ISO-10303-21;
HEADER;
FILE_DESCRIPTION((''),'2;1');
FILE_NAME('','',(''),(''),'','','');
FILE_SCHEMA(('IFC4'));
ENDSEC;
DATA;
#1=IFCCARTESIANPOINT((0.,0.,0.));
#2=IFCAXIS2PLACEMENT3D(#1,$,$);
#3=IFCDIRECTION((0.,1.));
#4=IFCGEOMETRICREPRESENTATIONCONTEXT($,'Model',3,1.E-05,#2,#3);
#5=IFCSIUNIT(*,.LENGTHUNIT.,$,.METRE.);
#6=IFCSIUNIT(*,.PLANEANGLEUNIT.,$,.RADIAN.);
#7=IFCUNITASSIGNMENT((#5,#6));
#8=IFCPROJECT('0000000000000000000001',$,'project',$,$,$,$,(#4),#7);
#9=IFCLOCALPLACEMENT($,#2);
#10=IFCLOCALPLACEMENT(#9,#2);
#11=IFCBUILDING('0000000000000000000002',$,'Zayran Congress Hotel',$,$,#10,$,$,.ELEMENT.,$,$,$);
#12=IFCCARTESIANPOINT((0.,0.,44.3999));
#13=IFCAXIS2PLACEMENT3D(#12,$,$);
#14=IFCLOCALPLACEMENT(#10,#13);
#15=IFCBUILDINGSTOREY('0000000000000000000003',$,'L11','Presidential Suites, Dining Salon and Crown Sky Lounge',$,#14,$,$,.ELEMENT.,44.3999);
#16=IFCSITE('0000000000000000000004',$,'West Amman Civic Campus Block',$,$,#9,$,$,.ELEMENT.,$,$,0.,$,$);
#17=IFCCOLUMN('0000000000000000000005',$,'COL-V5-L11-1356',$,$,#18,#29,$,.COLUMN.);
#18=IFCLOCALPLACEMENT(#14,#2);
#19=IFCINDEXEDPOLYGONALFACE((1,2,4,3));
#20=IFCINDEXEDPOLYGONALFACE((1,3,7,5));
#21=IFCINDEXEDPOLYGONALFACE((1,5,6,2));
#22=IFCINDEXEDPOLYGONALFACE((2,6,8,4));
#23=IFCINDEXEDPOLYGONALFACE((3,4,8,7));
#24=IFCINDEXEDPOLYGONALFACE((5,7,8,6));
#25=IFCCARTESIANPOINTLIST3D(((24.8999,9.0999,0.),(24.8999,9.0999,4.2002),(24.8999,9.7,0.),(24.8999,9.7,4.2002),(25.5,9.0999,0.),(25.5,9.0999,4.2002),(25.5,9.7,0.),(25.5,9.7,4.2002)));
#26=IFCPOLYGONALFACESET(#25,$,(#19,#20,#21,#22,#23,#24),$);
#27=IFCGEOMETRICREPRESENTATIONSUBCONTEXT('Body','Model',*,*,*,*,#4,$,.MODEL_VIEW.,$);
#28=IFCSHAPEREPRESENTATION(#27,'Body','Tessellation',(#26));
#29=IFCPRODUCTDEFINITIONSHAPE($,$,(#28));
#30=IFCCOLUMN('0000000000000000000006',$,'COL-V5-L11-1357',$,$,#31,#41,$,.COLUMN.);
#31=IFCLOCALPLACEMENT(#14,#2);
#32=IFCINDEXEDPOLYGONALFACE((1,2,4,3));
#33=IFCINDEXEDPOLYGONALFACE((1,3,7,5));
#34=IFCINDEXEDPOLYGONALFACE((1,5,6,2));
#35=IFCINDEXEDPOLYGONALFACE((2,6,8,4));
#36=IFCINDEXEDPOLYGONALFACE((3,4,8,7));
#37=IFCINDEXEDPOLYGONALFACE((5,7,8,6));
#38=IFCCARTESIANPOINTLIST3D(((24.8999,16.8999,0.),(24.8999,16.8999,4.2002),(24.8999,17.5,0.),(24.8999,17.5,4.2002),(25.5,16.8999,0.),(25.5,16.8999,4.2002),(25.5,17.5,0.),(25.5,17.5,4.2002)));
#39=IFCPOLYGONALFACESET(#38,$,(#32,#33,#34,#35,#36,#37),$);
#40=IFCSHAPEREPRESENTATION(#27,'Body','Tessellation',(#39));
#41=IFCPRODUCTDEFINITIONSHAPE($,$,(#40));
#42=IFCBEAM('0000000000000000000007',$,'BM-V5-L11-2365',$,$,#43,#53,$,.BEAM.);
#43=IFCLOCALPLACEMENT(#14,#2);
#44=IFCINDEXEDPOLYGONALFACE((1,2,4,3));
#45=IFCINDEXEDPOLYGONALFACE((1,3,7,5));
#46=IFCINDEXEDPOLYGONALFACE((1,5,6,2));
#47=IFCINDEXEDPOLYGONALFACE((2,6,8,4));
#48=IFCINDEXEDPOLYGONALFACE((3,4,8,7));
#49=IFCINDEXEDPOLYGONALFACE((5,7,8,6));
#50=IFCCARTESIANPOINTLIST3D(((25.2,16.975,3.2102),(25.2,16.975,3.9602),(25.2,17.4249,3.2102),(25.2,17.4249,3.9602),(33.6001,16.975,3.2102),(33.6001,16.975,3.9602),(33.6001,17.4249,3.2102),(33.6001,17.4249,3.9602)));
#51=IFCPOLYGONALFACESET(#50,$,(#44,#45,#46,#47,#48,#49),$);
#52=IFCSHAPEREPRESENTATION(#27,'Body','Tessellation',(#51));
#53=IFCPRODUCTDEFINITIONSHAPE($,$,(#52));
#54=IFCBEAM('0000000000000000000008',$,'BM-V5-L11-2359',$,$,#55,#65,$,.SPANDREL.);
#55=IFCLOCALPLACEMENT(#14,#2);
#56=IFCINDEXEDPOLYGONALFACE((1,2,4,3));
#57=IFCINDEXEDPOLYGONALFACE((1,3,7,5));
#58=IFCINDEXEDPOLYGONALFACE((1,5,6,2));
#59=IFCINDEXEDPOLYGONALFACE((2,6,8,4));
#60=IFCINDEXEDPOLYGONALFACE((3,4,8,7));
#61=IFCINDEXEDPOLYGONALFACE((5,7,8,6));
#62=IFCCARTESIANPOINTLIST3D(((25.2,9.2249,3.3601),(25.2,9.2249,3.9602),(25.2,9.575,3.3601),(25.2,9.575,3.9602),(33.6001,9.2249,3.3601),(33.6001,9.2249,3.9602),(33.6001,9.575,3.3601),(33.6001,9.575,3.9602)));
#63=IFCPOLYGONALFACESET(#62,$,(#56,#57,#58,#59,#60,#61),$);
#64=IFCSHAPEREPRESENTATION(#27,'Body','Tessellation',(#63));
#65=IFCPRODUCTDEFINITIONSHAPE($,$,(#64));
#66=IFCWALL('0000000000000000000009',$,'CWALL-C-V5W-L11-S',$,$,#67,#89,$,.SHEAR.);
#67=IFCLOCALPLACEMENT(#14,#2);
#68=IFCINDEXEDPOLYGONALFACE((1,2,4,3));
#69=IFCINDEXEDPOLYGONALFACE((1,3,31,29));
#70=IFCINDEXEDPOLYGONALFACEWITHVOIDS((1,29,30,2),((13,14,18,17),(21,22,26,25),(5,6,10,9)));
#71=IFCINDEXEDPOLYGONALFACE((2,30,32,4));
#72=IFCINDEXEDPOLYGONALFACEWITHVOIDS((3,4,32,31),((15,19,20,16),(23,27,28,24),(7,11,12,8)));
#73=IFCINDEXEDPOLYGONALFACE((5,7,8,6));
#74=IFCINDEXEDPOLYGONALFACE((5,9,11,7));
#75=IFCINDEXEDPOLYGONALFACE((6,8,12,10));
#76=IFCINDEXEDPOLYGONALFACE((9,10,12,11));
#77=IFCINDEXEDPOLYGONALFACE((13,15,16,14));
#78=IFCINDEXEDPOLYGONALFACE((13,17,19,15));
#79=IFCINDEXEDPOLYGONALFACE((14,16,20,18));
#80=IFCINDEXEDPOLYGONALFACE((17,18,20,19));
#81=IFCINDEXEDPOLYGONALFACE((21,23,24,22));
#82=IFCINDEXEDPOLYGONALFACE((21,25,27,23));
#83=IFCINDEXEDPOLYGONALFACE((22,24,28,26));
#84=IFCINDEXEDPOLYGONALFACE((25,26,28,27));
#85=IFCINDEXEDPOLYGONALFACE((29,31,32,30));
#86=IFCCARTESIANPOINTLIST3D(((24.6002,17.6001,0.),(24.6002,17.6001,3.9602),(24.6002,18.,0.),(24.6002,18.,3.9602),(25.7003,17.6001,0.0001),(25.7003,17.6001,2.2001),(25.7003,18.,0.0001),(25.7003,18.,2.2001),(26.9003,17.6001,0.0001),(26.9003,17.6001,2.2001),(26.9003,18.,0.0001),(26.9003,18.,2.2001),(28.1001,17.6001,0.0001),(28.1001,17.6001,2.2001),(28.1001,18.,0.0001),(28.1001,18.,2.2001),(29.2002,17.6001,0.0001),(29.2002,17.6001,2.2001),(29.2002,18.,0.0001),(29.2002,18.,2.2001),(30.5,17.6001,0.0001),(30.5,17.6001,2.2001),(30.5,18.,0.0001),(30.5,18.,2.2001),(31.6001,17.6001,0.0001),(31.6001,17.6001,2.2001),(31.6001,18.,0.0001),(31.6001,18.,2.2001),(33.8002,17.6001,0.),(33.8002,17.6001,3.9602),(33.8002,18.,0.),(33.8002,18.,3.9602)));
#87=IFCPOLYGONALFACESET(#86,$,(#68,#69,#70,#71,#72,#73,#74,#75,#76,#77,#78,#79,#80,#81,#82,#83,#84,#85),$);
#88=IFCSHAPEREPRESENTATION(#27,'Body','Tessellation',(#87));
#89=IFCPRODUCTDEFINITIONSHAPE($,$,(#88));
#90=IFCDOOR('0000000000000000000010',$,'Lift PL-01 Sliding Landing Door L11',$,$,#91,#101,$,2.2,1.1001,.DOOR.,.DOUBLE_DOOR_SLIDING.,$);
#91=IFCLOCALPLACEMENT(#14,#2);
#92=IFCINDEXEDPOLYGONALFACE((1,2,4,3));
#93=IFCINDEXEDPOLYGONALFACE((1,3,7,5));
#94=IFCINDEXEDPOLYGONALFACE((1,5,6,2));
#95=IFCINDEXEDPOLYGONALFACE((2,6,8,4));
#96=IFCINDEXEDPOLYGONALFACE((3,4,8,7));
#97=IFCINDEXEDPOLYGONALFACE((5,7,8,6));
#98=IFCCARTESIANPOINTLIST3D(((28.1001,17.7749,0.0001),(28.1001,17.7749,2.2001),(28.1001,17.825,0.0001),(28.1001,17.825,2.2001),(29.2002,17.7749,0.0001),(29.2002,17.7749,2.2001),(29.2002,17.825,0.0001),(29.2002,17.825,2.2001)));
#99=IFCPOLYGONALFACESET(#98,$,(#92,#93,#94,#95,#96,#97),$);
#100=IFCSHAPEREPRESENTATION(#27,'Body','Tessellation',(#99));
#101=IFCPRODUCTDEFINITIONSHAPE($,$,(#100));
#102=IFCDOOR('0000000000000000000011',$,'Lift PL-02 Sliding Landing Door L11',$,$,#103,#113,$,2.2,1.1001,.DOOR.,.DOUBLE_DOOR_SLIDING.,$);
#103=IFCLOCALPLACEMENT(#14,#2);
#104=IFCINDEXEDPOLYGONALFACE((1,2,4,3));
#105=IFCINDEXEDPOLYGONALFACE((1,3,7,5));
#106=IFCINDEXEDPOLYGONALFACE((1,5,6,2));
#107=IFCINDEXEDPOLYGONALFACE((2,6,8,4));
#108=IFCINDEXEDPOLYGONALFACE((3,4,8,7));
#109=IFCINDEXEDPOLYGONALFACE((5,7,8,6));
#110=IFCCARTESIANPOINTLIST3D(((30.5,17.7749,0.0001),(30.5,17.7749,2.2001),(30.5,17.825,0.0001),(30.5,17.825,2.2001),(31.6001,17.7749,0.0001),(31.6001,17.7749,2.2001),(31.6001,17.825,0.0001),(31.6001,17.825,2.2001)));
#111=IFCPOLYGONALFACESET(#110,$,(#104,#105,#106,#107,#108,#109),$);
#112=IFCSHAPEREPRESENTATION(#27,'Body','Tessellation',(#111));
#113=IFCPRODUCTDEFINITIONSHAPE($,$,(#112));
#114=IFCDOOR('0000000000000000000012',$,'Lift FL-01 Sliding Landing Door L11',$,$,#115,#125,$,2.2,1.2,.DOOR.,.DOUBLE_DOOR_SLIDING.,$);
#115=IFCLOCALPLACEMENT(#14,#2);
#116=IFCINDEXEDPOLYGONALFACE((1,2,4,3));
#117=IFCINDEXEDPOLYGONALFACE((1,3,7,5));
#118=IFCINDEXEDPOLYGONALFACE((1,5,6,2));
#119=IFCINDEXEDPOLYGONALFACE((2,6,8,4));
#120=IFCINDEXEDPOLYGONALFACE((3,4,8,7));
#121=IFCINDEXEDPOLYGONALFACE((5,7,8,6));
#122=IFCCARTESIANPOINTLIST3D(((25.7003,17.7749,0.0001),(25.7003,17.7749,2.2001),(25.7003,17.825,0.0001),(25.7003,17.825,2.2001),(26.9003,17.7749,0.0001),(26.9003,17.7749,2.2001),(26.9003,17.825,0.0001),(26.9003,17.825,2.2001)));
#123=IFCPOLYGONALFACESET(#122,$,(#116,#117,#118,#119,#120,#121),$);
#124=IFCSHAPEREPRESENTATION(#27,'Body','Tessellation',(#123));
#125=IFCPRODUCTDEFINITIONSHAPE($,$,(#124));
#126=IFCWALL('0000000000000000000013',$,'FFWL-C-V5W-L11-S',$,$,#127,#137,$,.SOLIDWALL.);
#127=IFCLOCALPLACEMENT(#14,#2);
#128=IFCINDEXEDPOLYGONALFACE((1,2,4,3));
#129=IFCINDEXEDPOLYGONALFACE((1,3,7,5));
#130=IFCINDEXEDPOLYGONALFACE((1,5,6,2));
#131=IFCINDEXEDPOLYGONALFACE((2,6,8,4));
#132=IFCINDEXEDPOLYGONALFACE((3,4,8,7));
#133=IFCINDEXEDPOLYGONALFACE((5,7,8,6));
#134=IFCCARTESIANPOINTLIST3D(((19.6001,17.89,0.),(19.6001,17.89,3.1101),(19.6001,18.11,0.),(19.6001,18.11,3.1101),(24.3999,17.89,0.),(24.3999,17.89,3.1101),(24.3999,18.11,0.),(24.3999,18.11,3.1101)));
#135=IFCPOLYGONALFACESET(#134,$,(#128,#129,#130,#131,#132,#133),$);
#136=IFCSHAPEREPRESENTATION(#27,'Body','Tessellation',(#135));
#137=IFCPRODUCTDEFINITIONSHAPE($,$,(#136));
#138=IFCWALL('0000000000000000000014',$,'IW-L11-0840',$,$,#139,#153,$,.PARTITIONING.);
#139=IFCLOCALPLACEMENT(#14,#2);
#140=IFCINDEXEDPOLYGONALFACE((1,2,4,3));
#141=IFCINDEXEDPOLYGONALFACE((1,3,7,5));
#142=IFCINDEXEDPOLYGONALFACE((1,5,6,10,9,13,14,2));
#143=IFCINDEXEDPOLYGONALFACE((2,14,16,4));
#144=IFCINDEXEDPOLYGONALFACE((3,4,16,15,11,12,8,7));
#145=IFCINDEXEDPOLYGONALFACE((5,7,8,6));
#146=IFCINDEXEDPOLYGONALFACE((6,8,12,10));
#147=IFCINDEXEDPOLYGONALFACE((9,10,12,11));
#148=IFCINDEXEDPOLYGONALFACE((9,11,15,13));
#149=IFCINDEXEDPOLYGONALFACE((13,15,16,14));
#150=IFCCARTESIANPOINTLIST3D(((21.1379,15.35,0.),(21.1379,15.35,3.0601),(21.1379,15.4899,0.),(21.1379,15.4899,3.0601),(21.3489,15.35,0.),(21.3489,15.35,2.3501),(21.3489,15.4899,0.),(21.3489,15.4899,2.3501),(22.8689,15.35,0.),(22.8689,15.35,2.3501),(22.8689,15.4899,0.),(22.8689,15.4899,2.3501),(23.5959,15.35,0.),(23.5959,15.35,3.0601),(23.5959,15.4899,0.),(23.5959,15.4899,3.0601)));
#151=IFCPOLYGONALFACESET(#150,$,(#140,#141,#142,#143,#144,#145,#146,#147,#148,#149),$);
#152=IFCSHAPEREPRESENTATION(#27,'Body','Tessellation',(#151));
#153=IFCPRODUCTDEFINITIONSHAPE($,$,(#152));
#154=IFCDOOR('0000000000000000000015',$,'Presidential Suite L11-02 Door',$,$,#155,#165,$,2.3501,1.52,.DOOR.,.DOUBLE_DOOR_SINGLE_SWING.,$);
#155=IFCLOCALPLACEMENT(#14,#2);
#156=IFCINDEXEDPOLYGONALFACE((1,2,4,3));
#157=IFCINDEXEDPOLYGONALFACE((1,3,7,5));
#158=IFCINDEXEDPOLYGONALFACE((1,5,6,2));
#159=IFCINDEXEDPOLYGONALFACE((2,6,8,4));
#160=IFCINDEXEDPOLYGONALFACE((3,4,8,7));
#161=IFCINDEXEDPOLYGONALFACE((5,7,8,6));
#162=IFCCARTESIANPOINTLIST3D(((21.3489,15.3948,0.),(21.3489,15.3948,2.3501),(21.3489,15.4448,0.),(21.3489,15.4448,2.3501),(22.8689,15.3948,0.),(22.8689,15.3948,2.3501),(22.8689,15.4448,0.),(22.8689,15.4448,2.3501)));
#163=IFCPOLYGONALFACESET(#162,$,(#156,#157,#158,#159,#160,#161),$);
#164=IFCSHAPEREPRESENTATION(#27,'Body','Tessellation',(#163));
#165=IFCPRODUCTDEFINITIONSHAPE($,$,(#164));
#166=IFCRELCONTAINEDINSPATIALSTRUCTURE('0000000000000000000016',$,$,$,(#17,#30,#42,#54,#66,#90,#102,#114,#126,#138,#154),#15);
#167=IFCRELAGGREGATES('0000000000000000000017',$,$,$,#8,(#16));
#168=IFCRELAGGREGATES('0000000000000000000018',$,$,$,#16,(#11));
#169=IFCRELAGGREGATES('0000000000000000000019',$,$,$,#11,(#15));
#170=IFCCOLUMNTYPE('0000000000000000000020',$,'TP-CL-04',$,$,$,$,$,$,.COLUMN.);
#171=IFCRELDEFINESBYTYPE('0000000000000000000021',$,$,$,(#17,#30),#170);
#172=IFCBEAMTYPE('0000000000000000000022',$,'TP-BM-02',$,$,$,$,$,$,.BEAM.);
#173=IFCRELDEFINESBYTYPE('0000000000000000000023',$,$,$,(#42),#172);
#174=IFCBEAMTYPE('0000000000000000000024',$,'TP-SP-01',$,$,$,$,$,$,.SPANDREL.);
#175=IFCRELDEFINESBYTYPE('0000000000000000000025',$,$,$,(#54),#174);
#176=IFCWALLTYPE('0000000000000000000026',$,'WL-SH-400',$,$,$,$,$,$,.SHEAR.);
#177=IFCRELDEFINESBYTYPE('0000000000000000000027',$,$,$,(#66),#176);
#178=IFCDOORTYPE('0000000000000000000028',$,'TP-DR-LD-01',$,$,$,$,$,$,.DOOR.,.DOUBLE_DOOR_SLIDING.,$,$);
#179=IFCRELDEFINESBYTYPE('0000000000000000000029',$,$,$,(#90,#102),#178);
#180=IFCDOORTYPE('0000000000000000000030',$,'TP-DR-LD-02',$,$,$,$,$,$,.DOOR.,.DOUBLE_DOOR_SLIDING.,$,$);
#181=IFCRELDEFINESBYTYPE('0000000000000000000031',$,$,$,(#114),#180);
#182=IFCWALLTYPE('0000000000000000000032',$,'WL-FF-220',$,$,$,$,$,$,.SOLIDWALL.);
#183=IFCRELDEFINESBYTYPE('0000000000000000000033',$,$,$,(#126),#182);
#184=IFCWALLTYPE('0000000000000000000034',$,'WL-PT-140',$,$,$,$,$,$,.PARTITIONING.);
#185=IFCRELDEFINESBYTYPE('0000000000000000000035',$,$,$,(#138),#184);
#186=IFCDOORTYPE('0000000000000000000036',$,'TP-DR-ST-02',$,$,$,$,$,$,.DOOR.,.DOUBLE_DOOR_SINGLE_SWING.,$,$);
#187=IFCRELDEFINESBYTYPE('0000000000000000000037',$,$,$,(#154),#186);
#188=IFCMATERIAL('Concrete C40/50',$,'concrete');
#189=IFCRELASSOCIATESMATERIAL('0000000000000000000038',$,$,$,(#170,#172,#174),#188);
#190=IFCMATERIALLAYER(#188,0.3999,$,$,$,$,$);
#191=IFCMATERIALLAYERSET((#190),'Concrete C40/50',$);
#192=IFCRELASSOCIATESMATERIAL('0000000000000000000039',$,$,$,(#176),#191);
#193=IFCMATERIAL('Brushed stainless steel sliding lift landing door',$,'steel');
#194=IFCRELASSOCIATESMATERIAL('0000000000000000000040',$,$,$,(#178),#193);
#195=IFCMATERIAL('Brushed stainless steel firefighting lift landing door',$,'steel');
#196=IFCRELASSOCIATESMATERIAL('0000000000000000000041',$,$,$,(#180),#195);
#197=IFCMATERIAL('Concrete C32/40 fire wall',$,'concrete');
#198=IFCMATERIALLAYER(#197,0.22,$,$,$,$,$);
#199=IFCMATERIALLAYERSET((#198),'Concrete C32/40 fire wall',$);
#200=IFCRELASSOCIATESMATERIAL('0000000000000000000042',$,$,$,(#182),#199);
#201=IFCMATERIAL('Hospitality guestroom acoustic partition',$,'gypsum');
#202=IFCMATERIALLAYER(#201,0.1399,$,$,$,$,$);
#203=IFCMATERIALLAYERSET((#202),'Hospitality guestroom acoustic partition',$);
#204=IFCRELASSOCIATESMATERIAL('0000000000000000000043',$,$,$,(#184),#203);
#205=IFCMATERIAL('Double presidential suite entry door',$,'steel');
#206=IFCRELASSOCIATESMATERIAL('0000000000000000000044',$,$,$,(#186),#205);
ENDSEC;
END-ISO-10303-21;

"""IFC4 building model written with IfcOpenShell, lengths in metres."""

from ifc_helpers import new_model, si_unit, direction, frame, frame_2d, origin, origin_2d, place, context, subcontext, project, spatial, rectangle, extrude, material, layer, layer_set, material_profile, profile_set, type_object, element, fill, save


model = new_model("IFC4")

# Units and contexts
model_context = context("Model", 3, precision=1e-05, world=origin(), true_north=direction((0.0, 1.0)))
body_context = subcontext(model_context, "Body", "Model", "MODEL_VIEW")
ifc_project = project(units=[si_unit("LENGTHUNIT", "METRE"), si_unit("PLANEANGLEUNIT", "RADIAN")], contexts=[model_context])

# Site, building, storey
site_placement = place(None, origin())
site = spatial("IfcSite", under=ifc_project, at=site_placement, Name="West Amman Civic Campus Block", CompositionType="ELEMENT", RefElevation=0.0)
building_placement = place(site_placement, origin())
building = spatial("IfcBuilding", under=site, at=building_placement, Name="Zayran Congress Hotel", CompositionType="ELEMENT")
storey_placement = place(building_placement, frame((0.0, 0.0, 44.3999)))
storey = spatial("IfcBuildingStorey", under=building, at=storey_placement, Name="L11", Description="Presidential Suites, Dining Salon and Crown Sky Lounge", CompositionType="ELEMENT", Elevation=44.3999)

# Columns
ifc_material_1 = material(Name="Concrete C40/50", Category="concrete")
ifc_material_profile_1 = material_profile(ifc_material_1, rectangle(XDim=0.6001, YDim=0.6001, at=origin_2d()), Name="RC 600x600")
ifc_profile_set_1 = profile_set([ifc_material_profile_1], Name="Concrete C40/50")
column_type = type_object("IfcColumnType", Name="TP-CL-04", PredefinedType="COLUMN", material=ifc_profile_set_1)
for number, where, z_axis, x_axis, name in (
    (1, (25.2, 9.3999, 0.0), (0.0, 0.0, 1.0), (1.0, 0.0, 0.0), "COL-V5-L11-1356"),
    (2, (25.2, 17.2, 0.0), (0.0, 0.0, 1.0), (1.0, 0.0, 0.0), "COL-V5-L11-1357"),
):
    element("IfcColumn", number, at=place(storey_placement, frame(where, z_axis=z_axis, x_axis=x_axis)), inside=storey, type_object=column_type, Name=name, PredefinedType="COLUMN", context=body_context, shape_type="SweptSolid", body=[
        extrude(rectangle(XDim=0.6001, YDim=0.6001, at=origin_2d()), origin(), (0.0, 0.0, 1.0), 4.2002),
    ])

# Beams
ifc_material_profile_2 = material_profile(ifc_material_1, rectangle(XDim=0.45, YDim=0.75, at=origin_2d()), Name="RC 450x750")
ifc_profile_set_2 = profile_set([ifc_material_profile_2], Name="Concrete C40/50")
beam_type_1 = type_object("IfcBeamType", Name="TP-BM-02", PredefinedType="BEAM", material=ifc_profile_set_2)
beam_1_placement = place(storey_placement, frame((25.2, 17.2, 3.5852), z_axis=(1.0, 0.0, 0.0), x_axis=(0.0, 1.0, 0.0)))
element("IfcBeam", 3, at=beam_1_placement, inside=storey, type_object=beam_type_1, Name="BM-V5-L11-2365", PredefinedType="BEAM", context=body_context, shape_type="SweptSolid", body=[
    extrude(rectangle(XDim=0.45, YDim=0.75, at=origin_2d()), origin(), (0.0, 0.0, 1.0), 8.4001),
])
ifc_material_profile_3 = material_profile(ifc_material_1, rectangle(XDim=0.3501, YDim=0.6001, at=origin_2d()), Name="RC 350x600")
ifc_profile_set_3 = profile_set([ifc_material_profile_3], Name="Concrete C40/50")
beam_type_2 = type_object("IfcBeamType", Name="TP-SP-01", PredefinedType="SPANDREL", material=ifc_profile_set_3)
beam_2_placement = place(storey_placement, frame((25.2, 9.3999, 3.6602), z_axis=(1.0, 0.0, 0.0), x_axis=(0.0, 1.0, 0.0)))
element("IfcBeam", 4, at=beam_2_placement, inside=storey, type_object=beam_type_2, Name="BM-V5-L11-2359", PredefinedType="SPANDREL", context=body_context, shape_type="SweptSolid", body=[
    extrude(rectangle(XDim=0.3501, YDim=0.6001, at=origin_2d()), origin(), (0.0, 0.0, 1.0), 8.4001),
])

# Wall, openings, doors
ifc_layer_1 = layer(ifc_material_1, 0.3999)
ifc_layer_set_1 = layer_set([ifc_layer_1], Name="Concrete C40/50")
wall_type_1 = type_object("IfcWallType", Name="WL-SH-400", PredefinedType="SHEAR", material=ifc_layer_set_1)
wall_1_placement = place(storey_placement, frame((24.6001, 17.8, 0.0), z_axis=(0.0, 0.0, 1.0), x_axis=(1.0, 0.0, 0.0)))
wall_1 = element("IfcWall", 5, at=wall_1_placement, inside=storey, type_object=wall_type_1, Name="CWALL-C-V5W-L11-S", PredefinedType="SHEAR", context=body_context, shape_type="SweptSolid", body=[
    extrude(rectangle(XDim=9.2, YDim=0.3999, at=frame_2d((4.6001, 0.0))), origin(), (0.0, 0.0, 1.0), 3.9602),
])
opening_1_placement = place(wall_1_placement, frame((1.1001, 0.0, 0.0)))
opening_1 = element("IfcOpeningElement", 6, at=opening_1_placement, cuts=wall_1, PredefinedType="OPENING", context=body_context, shape_type="SweptSolid", body=[
    extrude(rectangle(XDim=1.2, YDim=2.2, at=frame_2d((0.6001, 1.1001))), frame((0.0, 0.21, 0.0), z_axis=(0.0, -1.0, 0.0), x_axis=(1.0, 0.0, 0.0)), (0.0, 0.0, 1.0), 0.4199),
])
opening_2_placement = place(wall_1_placement, frame((3.5, 0.0, 0.0)))
opening_2 = element("IfcOpeningElement", 7, at=opening_2_placement, cuts=wall_1, PredefinedType="OPENING", context=body_context, shape_type="SweptSolid", body=[
    extrude(rectangle(XDim=1.1001, YDim=2.2, at=frame_2d((0.55, 1.1001))), frame((0.0, 0.21, 0.0), z_axis=(0.0, -1.0, 0.0), x_axis=(1.0, 0.0, 0.0)), (0.0, 0.0, 1.0), 0.4199),
])
opening_3_placement = place(wall_1_placement, frame((5.8999, 0.0, 0.0)))
opening_3 = element("IfcOpeningElement", 8, at=opening_3_placement, cuts=wall_1, PredefinedType="OPENING", context=body_context, shape_type="SweptSolid", body=[
    extrude(rectangle(XDim=1.1001, YDim=2.2, at=frame_2d((0.55, 1.1001))), frame((0.0, 0.21, 0.0), z_axis=(0.0, -1.0, 0.0), x_axis=(1.0, 0.0, 0.0)), (0.0, 0.0, 1.0), 0.4199),
])
ifc_material_2 = material(Name="Brushed stainless steel sliding lift landing door", Category="steel")
door_type_1 = type_object("IfcDoorType", Name="TP-DR-LD-01", OperationType="DOUBLE_DOOR_SLIDING", PredefinedType="DOOR", material=ifc_material_2)
door_1_placement = place(opening_2_placement, origin())
door_1 = element("IfcDoor", 9, at=door_1_placement, inside=storey, type_object=door_type_1, Name="Lift PL-01 Sliding Landing Door L11", OperationType="DOUBLE_DOOR_SLIDING", OverallHeight=2.2, OverallWidth=1.1001, PredefinedType="DOOR", context=body_context, shape_type="SweptSolid", body=[
    extrude(rectangle(XDim=1.1001, YDim=2.2, at=frame_2d((0.55, 1.1001))), frame((0.0, 0.0249, 0.0), z_axis=(0.0, -1.0, 0.0), x_axis=(1.0, 0.0, 0.0)), (0.0, 0.0, 1.0), 0.05),
])
fill(opening_2, door_1)
door_2_placement = place(opening_3_placement, origin())
door_2 = element("IfcDoor", 10, at=door_2_placement, inside=storey, type_object=door_type_1, Name="Lift PL-02 Sliding Landing Door L11", OperationType="DOUBLE_DOOR_SLIDING", OverallHeight=2.2, OverallWidth=1.1001, PredefinedType="DOOR", context=body_context, shape_type="SweptSolid", body=[
    extrude(rectangle(XDim=1.1001, YDim=2.2, at=frame_2d((0.55, 1.1001))), frame((0.0, 0.0249, 0.0), z_axis=(0.0, -1.0, 0.0), x_axis=(1.0, 0.0, 0.0)), (0.0, 0.0, 1.0), 0.05),
])
fill(opening_3, door_2)
ifc_material_3 = material(Name="Brushed stainless steel firefighting lift landing door", Category="steel")
door_type_2 = type_object("IfcDoorType", Name="TP-DR-LD-02", OperationType="DOUBLE_DOOR_SLIDING", PredefinedType="DOOR", material=ifc_material_3)
door_3_placement = place(opening_1_placement, origin())
door_3 = element("IfcDoor", 11, at=door_3_placement, inside=storey, type_object=door_type_2, Name="Lift FL-01 Sliding Landing Door L11", OperationType="DOUBLE_DOOR_SLIDING", OverallHeight=2.2, OverallWidth=1.2, PredefinedType="DOOR", context=body_context, shape_type="SweptSolid", body=[
    extrude(rectangle(XDim=1.2, YDim=2.2, at=frame_2d((0.6001, 1.1001))), frame((0.0, 0.0249, 0.0), z_axis=(0.0, -1.0, 0.0), x_axis=(1.0, 0.0, 0.0)), (0.0, 0.0, 1.0), 0.05),
])
fill(opening_1, door_3)

# Wall
ifc_material_4 = material(Name="Concrete C32/40 fire wall", Category="concrete")
ifc_layer_2 = layer(ifc_material_4, 0.22)
ifc_layer_set_2 = layer_set([ifc_layer_2], Name="Concrete C32/40 fire wall")
wall_type_2 = type_object("IfcWallType", Name="WL-FF-220", PredefinedType="SOLIDWALL", material=ifc_layer_set_2)
wall_2_placement = place(storey_placement, frame((19.6001, 18.0, 0.0), z_axis=(0.0, 0.0, 1.0), x_axis=(1.0, 0.0, 0.0)))
element("IfcWall", 12, at=wall_2_placement, inside=storey, type_object=wall_type_2, Name="FFWL-C-V5W-L11-S", PredefinedType="SOLIDWALL", context=body_context, shape_type="SweptSolid", body=[
    extrude(rectangle(XDim=4.7998, YDim=0.22, at=frame_2d((2.3999, 0.0))), origin(), (0.0, 0.0, 1.0), 3.1101),
])

# Wall, opening, door
ifc_material_5 = material(Name="Hospitality guestroom acoustic partition", Category="gypsum")
ifc_layer_3 = layer(ifc_material_5, 0.1399)
ifc_layer_set_3 = layer_set([ifc_layer_3], Name="Hospitality guestroom acoustic partition")
wall_type_3 = type_object("IfcWallType", Name="WL-PT-140", PredefinedType="PARTITIONING", material=ifc_layer_set_3)
wall_3_placement = place(storey_placement, frame((21.1379, 15.4199, 0.0), z_axis=(0.0, 0.0, 1.0), x_axis=(1.0, 0.0, 0.0)))
wall_3 = element("IfcWall", 13, at=wall_3_placement, inside=storey, type_object=wall_type_3, Name="IW-L11-0840", PredefinedType="PARTITIONING", context=body_context, shape_type="SweptSolid", body=[
    extrude(rectangle(XDim=2.458, YDim=0.1399, at=frame_2d((1.229, 0.0))), origin(), (0.0, 0.0, 1.0), 3.0601),
])
opening_4_placement = place(wall_3_placement, frame((0.2109, 0.0, 0.0)))
opening_4 = element("IfcOpeningElement", 14, at=opening_4_placement, cuts=wall_3, PredefinedType="OPENING", context=body_context, shape_type="SweptSolid", body=[
    extrude(rectangle(XDim=1.52, YDim=2.3501, at=frame_2d((0.76, 1.175))), frame((0.0, 0.0798, 0.0), z_axis=(0.0, -1.0, 0.0), x_axis=(1.0, 0.0, 0.0)), (0.0, 0.0, 1.0), 0.1599),
])
ifc_material_6 = material(Name="Double presidential suite entry door", Category="steel")
door_type_3 = type_object("IfcDoorType", Name="TP-DR-ST-02", OperationType="DOUBLE_DOOR_SINGLE_SWING", PredefinedType="DOOR", material=ifc_material_6)
door_4_placement = place(opening_4_placement, origin())
door_4 = element("IfcDoor", 15, at=door_4_placement, inside=storey, type_object=door_type_3, Name="Presidential Suite L11-02 Door", OperationType="DOUBLE_DOOR_SINGLE_SWING", OverallHeight=2.3501, OverallWidth=1.52, PredefinedType="DOOR", context=body_context, shape_type="SweptSolid", body=[
    extrude(rectangle(XDim=1.52, YDim=2.3501, at=frame_2d((0.76, 1.175))), frame((0.0, 0.0249, 0.0), z_axis=(0.0, -1.0, 0.0), x_axis=(1.0, 0.0, 0.0)), (0.0, 0.0, 1.0), 0.05),
])
fill(opening_4, door_4)

save(model, "model.ifc")
